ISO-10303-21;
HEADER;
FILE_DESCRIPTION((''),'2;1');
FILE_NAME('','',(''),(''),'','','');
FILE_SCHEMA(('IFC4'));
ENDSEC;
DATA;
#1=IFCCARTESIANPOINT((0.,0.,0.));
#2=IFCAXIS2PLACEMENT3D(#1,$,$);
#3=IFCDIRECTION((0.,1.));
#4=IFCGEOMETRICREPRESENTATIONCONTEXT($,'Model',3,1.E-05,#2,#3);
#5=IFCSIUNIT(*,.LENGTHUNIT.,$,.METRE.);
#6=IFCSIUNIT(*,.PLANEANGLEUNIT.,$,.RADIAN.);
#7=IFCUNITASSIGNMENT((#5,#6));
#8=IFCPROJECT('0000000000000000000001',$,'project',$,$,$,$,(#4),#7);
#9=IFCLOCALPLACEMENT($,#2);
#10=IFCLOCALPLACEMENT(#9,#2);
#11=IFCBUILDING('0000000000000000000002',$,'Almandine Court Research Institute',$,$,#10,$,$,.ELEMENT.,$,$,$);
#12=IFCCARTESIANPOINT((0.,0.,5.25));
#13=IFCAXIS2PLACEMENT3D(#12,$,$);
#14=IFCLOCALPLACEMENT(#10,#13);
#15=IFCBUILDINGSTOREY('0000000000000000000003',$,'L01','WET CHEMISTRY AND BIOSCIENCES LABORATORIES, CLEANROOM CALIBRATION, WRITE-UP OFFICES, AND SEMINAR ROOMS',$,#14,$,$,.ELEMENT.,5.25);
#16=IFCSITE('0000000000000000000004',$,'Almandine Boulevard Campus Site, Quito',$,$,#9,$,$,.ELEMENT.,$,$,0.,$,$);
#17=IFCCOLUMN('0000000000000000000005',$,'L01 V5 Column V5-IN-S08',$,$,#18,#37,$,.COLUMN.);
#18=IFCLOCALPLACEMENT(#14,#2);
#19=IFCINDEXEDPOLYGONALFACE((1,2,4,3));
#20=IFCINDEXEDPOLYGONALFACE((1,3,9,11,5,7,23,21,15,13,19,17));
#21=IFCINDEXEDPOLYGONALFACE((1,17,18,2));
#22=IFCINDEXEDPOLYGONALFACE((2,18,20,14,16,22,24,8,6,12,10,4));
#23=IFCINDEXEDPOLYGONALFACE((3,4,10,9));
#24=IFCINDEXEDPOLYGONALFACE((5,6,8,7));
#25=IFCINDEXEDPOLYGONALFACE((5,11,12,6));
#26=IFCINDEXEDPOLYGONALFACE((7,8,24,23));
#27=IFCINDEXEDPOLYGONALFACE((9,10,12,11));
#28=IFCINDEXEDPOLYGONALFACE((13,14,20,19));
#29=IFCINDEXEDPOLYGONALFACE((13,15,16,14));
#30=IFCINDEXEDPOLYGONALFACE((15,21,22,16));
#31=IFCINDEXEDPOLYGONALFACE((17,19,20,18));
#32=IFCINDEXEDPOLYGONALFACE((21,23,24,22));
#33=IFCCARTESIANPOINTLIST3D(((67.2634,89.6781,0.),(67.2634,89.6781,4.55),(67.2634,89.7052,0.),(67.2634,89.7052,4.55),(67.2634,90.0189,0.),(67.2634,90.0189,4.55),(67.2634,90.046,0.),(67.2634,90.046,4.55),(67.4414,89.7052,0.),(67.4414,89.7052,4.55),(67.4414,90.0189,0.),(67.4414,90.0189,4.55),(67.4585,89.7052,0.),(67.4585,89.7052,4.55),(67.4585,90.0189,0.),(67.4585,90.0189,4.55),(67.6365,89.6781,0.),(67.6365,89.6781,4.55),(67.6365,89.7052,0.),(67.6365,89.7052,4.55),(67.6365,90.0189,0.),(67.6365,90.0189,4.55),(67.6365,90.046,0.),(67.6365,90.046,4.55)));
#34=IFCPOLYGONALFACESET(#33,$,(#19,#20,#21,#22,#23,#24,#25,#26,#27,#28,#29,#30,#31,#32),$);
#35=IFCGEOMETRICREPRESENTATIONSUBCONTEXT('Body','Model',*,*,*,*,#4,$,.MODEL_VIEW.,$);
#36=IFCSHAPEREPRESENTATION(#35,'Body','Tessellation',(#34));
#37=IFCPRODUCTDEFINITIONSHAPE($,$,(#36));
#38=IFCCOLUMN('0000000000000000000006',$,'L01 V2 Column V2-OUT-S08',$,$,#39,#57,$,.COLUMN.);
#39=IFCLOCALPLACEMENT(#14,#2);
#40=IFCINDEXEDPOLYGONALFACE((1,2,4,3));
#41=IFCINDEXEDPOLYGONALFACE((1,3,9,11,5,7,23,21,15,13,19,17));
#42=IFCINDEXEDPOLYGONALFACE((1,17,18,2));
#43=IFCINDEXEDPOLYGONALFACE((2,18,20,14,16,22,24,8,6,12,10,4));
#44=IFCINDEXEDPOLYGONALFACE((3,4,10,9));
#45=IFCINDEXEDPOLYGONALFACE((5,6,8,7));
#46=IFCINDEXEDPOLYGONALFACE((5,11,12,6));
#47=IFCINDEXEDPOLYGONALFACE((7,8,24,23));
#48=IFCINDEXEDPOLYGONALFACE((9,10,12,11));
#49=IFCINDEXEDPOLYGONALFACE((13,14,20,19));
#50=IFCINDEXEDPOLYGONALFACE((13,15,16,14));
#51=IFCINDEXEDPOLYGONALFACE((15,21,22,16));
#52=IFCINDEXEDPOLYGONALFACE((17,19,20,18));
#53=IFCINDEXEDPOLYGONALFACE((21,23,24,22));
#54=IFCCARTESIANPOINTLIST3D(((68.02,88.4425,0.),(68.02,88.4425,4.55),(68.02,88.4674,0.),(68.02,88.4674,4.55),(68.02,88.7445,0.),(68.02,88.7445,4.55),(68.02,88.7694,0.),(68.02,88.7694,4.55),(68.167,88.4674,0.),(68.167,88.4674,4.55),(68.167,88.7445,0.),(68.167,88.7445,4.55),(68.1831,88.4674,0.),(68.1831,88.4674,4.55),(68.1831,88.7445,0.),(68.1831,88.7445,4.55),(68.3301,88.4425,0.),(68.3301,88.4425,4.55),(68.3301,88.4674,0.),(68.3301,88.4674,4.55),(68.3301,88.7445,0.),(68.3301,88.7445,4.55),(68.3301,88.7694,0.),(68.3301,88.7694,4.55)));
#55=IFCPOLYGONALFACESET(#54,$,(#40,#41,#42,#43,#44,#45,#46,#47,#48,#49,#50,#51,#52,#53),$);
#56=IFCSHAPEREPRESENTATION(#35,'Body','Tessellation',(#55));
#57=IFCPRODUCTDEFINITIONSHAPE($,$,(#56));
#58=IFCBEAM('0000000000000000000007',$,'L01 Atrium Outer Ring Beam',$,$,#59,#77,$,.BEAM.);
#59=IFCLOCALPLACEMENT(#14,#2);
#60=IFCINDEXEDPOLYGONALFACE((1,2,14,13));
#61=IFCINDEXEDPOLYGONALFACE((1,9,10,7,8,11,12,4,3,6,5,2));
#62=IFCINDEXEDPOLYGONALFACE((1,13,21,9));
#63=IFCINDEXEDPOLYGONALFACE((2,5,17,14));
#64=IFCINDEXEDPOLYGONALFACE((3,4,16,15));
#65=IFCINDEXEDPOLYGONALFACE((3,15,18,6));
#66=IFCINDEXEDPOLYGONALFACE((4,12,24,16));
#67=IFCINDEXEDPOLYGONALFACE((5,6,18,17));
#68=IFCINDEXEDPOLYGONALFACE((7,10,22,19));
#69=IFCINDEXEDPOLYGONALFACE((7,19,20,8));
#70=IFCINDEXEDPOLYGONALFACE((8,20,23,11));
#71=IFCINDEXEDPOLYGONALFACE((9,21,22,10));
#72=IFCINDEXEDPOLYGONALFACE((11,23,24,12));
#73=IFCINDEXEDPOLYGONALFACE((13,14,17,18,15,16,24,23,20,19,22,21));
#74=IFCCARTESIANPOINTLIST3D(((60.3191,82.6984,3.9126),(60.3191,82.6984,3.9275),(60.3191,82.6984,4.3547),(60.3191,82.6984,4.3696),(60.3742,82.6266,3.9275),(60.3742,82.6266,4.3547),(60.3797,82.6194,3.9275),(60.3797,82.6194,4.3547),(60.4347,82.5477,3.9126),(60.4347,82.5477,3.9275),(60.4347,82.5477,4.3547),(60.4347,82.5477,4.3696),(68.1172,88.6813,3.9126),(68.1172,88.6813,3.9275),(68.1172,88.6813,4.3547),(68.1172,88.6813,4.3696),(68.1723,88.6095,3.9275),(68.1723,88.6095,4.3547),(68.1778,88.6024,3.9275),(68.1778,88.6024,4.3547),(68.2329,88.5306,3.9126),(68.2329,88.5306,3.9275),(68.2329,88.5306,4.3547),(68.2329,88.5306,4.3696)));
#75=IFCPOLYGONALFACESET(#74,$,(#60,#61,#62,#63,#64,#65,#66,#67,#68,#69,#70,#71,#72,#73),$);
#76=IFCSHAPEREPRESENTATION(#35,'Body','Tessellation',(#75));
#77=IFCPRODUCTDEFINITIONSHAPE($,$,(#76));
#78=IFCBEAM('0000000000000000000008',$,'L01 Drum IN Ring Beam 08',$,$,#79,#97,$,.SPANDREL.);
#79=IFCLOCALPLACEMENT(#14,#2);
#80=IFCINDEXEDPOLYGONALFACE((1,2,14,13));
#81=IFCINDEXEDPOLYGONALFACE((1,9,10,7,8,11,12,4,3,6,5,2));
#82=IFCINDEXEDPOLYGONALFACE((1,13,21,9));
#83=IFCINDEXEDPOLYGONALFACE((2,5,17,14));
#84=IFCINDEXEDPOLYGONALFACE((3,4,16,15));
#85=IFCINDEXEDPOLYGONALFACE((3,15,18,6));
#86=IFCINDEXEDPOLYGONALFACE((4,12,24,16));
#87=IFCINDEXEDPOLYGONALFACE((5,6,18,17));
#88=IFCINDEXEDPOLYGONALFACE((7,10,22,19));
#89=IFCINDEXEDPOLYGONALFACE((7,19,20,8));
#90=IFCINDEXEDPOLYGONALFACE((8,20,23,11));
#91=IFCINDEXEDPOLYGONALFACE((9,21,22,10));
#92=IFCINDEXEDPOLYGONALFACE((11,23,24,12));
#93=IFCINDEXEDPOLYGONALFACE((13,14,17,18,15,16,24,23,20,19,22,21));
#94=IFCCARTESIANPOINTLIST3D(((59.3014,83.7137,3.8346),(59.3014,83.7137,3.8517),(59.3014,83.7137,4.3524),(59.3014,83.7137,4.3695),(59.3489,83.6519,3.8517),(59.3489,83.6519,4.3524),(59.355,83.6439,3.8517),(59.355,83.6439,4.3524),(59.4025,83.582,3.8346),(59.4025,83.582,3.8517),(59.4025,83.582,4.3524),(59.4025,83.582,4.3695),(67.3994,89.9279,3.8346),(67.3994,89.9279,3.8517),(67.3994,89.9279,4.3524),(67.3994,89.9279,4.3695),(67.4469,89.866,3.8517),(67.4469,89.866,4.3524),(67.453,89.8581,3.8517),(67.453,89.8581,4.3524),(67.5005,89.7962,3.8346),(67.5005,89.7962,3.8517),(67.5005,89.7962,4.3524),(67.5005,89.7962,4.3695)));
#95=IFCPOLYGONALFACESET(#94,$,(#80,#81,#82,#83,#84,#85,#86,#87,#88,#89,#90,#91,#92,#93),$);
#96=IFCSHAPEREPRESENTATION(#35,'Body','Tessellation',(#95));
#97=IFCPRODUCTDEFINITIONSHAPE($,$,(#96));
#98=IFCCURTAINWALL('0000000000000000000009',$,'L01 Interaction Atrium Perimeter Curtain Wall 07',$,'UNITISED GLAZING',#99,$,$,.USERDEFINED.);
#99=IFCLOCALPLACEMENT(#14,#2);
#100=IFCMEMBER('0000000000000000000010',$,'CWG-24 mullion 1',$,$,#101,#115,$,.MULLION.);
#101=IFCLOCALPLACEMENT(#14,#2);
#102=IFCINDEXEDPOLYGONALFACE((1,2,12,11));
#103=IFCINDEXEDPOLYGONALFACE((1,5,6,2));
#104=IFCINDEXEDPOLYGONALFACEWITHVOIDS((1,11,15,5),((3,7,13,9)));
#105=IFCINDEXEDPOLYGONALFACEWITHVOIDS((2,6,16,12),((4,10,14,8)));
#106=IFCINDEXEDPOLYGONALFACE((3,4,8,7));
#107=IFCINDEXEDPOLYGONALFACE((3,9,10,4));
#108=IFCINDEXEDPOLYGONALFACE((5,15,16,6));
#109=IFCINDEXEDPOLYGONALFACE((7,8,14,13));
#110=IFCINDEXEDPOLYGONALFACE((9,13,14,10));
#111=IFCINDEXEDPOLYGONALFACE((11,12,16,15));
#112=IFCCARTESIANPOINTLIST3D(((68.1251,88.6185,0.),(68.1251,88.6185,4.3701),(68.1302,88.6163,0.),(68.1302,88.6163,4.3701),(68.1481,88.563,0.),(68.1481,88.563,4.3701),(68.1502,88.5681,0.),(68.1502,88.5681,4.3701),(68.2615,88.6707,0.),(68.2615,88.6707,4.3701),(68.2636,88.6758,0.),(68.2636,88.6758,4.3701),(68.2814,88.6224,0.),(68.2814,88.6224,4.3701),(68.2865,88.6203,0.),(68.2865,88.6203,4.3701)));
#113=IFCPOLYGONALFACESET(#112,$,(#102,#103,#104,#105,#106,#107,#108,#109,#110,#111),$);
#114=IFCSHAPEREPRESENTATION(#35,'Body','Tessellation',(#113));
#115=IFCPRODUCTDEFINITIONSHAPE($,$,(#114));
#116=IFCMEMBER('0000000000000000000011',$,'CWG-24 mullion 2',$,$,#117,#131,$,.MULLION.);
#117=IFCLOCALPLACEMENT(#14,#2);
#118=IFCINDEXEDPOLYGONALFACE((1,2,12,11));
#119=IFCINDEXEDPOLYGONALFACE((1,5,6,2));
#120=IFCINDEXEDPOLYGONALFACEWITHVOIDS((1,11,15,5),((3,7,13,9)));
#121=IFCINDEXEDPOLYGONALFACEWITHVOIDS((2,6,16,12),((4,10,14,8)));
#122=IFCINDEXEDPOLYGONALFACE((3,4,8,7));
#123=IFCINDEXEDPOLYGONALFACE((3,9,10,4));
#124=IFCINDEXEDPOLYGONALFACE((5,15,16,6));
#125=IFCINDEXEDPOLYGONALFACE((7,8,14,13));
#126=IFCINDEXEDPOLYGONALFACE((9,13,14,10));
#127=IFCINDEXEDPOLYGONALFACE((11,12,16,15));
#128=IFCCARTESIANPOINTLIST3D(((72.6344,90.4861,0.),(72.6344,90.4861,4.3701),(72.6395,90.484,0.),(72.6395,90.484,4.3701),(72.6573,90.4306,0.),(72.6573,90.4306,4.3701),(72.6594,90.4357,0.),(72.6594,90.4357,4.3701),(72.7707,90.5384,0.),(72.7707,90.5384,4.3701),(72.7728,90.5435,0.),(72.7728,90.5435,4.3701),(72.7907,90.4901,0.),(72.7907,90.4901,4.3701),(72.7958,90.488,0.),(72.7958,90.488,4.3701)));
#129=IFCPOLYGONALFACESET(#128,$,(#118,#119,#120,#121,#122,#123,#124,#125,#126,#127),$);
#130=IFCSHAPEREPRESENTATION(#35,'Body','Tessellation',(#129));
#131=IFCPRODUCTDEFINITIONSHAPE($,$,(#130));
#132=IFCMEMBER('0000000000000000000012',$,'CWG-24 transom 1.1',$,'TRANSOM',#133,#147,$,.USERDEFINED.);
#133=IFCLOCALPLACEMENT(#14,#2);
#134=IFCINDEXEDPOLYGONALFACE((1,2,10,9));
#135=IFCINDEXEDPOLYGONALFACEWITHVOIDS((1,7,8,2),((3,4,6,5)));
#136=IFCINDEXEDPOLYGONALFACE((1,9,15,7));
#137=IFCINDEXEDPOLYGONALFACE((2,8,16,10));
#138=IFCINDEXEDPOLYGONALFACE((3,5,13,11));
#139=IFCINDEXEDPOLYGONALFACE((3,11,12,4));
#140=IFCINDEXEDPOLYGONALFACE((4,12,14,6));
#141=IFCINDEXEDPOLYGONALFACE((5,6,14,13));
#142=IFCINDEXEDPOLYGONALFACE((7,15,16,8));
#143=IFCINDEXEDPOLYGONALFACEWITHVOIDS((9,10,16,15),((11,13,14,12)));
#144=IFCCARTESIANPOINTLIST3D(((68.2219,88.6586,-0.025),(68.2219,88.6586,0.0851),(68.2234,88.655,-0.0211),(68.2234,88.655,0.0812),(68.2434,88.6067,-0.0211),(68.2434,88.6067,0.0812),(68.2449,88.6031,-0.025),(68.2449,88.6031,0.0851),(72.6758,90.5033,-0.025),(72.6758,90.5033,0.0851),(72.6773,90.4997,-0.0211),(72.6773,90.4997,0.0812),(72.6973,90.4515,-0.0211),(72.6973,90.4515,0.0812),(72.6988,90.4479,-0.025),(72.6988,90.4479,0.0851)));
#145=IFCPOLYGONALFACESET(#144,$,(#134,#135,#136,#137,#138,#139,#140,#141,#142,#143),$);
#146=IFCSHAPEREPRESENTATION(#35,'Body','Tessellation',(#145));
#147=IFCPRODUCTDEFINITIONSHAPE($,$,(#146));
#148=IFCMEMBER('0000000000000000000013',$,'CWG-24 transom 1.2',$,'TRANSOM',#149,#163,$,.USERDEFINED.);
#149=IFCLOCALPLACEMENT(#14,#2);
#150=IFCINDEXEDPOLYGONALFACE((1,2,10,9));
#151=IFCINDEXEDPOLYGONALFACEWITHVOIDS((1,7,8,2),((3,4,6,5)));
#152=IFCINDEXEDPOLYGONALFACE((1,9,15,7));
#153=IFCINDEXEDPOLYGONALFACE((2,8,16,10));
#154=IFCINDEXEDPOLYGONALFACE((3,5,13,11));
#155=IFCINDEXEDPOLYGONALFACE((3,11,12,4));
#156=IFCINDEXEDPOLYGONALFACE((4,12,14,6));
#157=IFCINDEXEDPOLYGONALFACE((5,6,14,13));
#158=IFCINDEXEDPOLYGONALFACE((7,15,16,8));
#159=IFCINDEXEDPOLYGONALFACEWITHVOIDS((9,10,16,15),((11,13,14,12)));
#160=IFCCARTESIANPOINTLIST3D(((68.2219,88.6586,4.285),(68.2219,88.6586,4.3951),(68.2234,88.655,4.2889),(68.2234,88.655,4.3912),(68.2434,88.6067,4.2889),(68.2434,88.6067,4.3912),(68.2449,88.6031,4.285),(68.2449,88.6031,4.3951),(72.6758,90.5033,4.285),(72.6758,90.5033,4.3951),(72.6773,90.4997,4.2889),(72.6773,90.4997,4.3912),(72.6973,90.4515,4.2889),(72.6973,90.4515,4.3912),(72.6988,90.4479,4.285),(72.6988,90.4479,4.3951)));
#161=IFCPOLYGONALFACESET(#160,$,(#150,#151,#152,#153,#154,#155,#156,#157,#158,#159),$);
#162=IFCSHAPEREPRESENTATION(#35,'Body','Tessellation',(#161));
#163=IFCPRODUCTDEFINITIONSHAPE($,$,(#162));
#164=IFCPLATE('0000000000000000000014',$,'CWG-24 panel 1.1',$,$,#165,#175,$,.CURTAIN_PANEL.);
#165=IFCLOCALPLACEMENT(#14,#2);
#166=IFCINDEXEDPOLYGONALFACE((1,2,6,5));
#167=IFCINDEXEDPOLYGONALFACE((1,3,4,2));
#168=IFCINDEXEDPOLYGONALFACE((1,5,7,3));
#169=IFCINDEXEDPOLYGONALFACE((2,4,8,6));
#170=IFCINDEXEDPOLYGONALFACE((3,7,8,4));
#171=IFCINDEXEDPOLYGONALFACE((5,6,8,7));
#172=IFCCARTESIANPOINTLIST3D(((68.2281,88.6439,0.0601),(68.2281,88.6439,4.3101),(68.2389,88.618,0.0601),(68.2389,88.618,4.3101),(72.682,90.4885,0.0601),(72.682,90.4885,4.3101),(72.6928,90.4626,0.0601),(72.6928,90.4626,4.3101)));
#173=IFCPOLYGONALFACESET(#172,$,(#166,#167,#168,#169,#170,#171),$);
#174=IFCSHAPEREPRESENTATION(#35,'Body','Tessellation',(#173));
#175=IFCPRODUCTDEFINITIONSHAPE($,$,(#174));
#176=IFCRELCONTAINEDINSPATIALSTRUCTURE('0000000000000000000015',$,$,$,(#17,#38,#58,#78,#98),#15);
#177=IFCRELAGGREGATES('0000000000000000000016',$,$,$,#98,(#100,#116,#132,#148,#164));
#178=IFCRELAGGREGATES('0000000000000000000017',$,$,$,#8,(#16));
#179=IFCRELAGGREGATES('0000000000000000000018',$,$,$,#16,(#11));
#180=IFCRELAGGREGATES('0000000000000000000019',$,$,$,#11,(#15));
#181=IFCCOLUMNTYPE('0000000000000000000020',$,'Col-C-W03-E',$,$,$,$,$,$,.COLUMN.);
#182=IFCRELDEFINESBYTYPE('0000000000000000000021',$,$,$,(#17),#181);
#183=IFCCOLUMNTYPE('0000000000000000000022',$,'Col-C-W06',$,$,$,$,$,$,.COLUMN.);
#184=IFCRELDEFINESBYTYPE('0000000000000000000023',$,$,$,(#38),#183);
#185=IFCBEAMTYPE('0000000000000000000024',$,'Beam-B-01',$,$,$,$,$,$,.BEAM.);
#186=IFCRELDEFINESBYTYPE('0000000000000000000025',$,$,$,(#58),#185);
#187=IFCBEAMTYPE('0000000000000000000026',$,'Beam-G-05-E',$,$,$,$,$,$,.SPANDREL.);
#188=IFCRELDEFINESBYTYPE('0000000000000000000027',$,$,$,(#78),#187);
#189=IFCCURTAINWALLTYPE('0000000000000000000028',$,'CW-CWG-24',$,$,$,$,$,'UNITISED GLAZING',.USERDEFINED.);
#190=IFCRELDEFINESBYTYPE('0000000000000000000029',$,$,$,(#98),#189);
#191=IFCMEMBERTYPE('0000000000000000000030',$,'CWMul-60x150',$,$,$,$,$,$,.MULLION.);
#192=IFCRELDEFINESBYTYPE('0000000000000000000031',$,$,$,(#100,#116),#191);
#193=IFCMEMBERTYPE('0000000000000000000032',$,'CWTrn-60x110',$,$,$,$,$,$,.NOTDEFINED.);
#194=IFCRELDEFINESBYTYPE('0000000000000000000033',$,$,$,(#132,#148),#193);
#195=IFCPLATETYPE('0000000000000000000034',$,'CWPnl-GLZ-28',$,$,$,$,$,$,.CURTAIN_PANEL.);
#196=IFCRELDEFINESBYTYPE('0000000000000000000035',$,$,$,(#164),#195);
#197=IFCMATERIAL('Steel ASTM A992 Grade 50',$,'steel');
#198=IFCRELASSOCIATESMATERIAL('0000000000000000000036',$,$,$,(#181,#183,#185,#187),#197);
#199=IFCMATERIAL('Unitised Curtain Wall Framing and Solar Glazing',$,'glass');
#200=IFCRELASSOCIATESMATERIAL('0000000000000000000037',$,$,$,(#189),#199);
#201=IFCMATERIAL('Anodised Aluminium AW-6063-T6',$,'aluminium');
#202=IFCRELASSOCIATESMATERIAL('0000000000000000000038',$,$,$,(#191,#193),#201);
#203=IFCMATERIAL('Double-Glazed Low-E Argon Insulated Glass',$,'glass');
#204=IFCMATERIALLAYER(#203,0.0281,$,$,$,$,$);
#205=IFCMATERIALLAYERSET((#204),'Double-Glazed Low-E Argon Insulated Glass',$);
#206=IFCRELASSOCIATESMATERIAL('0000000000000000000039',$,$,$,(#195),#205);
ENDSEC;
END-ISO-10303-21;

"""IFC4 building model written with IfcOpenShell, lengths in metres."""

from ifc_helpers import new_model, si_unit, direction, frame, origin, origin_2d, place, context, subcontext, project, spatial, rectangle, hollow_rectangle, i_section, extrude, material, layer, layer_set, material_profile, profile_set, type_object, element, aggregate, save


model = new_model("IFC4")

# Units and contexts
model_context = context("Model", 3, precision=1e-05, world=origin(), true_north=direction((0.0, 1.0)))
body_context = subcontext(model_context, "Body", "Model", "MODEL_VIEW")
ifc_project = project(units=[si_unit("LENGTHUNIT", "METRE"), si_unit("PLANEANGLEUNIT", "RADIAN")], contexts=[model_context])

# Site, building, storey
site_placement = place(None, origin())
site = spatial("IfcSite", under=ifc_project, at=site_placement, Name="Almandine Boulevard Campus Site, Quito", CompositionType="ELEMENT", RefElevation=0.0)
building_placement = place(site_placement, origin())
building = spatial("IfcBuilding", under=site, at=building_placement, Name="Almandine Court Research Institute", CompositionType="ELEMENT")
storey_placement = place(building_placement, frame((0.0, 0.0, 5.25)))
storey = spatial("IfcBuildingStorey", under=building, at=storey_placement, Name="L01", Description="WET CHEMISTRY AND BIOSCIENCES LABORATORIES, CLEANROOM CALIBRATION, WRITE-UP OFFICES, AND SEMINAR ROOMS", CompositionType="ELEMENT", Elevation=5.25)

# Columns
ifc_material_1 = material(Name="Steel ASTM A992 Grade 50", Category="steel")
ifc_material_profile_1 = material_profile(ifc_material_1, i_section(OverallWidth=0.373, OverallDepth=0.3679, WebThickness=0.0171, FlangeThickness=0.0271, at=origin_2d()), Name="W360x179")
ifc_profile_set_1 = profile_set([ifc_material_profile_1], Name="Steel ASTM A992 Grade 50")
column_type_1 = type_object("IfcColumnType", Name="Col-C-W03-E", PredefinedType="COLUMN", material=ifc_profile_set_1)
column_1_placement = place(storey_placement, frame((67.45, 89.8621, 0.0), z_axis=(0.0, 0.0, 1.0), x_axis=(1.0, 0.0, 0.0)))
element("IfcColumn", 1, at=column_1_placement, inside=storey, type_object=column_type_1, Name="L01 V5 Column V5-IN-S08", PredefinedType="COLUMN", context=body_context, shape_type="SweptSolid", body=[
    extrude(i_section(OverallWidth=0.373, OverallDepth=0.3679, WebThickness=0.0171, FlangeThickness=0.0271, at=origin_2d()), origin(), (0.0, 0.0, 1.0), 4.55),
])
ifc_material_profile_2 = material_profile(ifc_material_1, i_section(OverallWidth=0.3101, OverallDepth=0.3269, WebThickness=0.0161, FlangeThickness=0.0249, at=origin_2d()), Name="W310x158")
ifc_profile_set_2 = profile_set([ifc_material_profile_2], Name="Steel ASTM A992 Grade 50")
column_type_2 = type_object("IfcColumnType", Name="Col-C-W06", PredefinedType="COLUMN", material=ifc_profile_set_2)
column_2_placement = place(storey_placement, frame((68.175, 88.606, 0.0), z_axis=(0.0, 0.0, 1.0), x_axis=(1.0, 0.0, 0.0)))
element("IfcColumn", 2, at=column_2_placement, inside=storey, type_object=column_type_2, Name="L01 V2 Column V2-OUT-S08", PredefinedType="COLUMN", context=body_context, shape_type="SweptSolid", body=[
    extrude(i_section(OverallWidth=0.3101, OverallDepth=0.3269, WebThickness=0.0161, FlangeThickness=0.0249, at=origin_2d()), origin(), (0.0, 0.0, 1.0), 4.55),
])

# Beams
ifc_material_profile_3 = material_profile(ifc_material_1, i_section(OverallWidth=0.1899, OverallDepth=0.457, WebThickness=0.009, FlangeThickness=0.0149, at=origin_2d()), Name="W460x74")
ifc_profile_set_3 = profile_set([ifc_material_profile_3], Name="Steel ASTM A992 Grade 50")
beam_type_1 = type_object("IfcBeamType", Name="Beam-B-01", PredefinedType="BEAM", material=ifc_profile_set_3)
beam_1_placement = place(storey_placement, frame((68.175, 88.606, 4.1411), z_axis=(-0.793392, -0.608712, 0.0), x_axis=(0.608712, -0.793392, 0.0)))
element("IfcBeam", 3, at=beam_1_placement, inside=storey, type_object=beam_type_1, Name="L01 Atrium Outer Ring Beam", PredefinedType="BEAM", context=body_context, shape_type="SweptSolid", body=[
    extrude(i_section(OverallWidth=0.1899, OverallDepth=0.457, WebThickness=0.009, FlangeThickness=0.0149, at=origin_2d()), origin(), (0.0, 0.0, 1.0), 9.8289),
])
ifc_material_profile_4 = material_profile(ifc_material_1, i_section(OverallWidth=0.166, OverallDepth=0.5349, WebThickness=0.01, FlangeThickness=0.0171, at=origin_2d()), Name="W530x85")
ifc_profile_set_4 = profile_set([ifc_material_profile_4], Name="Steel ASTM A992 Grade 50")
beam_type_2 = type_object("IfcBeamType", Name="Beam-G-05-E", PredefinedType="SPANDREL", material=ifc_profile_set_4)
beam_2_placement = place(storey_placement, frame((67.45, 89.8621, 4.1021), z_axis=(-0.793336, -0.608784, 0.0), x_axis=(0.608784, -0.793336, 0.0)))
element("IfcBeam", 4, at=beam_2_placement, inside=storey, type_object=beam_type_2, Name="L01 Drum IN Ring Beam 08", PredefinedType="SPANDREL", context=body_context, shape_type="SweptSolid", body=[
    extrude(i_section(OverallWidth=0.166, OverallDepth=0.5349, WebThickness=0.01, FlangeThickness=0.0171, at=origin_2d()), origin(), (0.0, 0.0, 1.0), 10.2075),
])

# Curtain wall, members, plate
ifc_material_2 = material(Name="Unitised Curtain Wall Framing and Solar Glazing", Category="glass")
curtain_wall_type = type_object("IfcCurtainWallType", Name="CW-CWG-24", ElementType="UNITISED GLAZING", PredefinedType="USERDEFINED", material=ifc_material_2)
curtain_wall_placement = place(storey_placement, origin())
curtain_wall = element("IfcCurtainWall", 5, at=curtain_wall_placement, inside=storey, type_object=curtain_wall_type, Name="L01 Interaction Atrium Perimeter Curtain Wall 07", ObjectType="UNITISED GLAZING", PredefinedType="USERDEFINED")
ifc_material_3 = material(Name="Anodised Aluminium AW-6063-T6", Category="aluminium")
ifc_material_profile_5 = material_profile(ifc_material_3, hollow_rectangle(XDim=0.0601, YDim=0.1499, WallThickness=0.0039, at=origin_2d()), Name="ALU RHS 60x150x4")
ifc_profile_set_5 = profile_set([ifc_material_profile_5], Name="Anodised Aluminium AW-6063-T6")
member_type_1 = type_object("IfcMemberType", Name="CWMul-60x150", PredefinedType="MULLION", material=ifc_profile_set_5)
member_1_placement = place(storey_placement, frame((68.2058, 88.6194, 0.0), z_axis=(0.0, 0.0, 1.0), x_axis=(-0.382634, 0.9239, 0.0)))
member_1 = element("IfcMember", 6, at=member_1_placement, type_object=member_type_1, Name="CWG-24 mullion 1", PredefinedType="MULLION", context=body_context, shape_type="SweptSolid", body=[
    extrude(hollow_rectangle(XDim=0.0601, YDim=0.1499, WallThickness=0.0039, at=origin_2d()), origin(), (0.0, 0.0, 1.0), 4.3701),
])
member_2_placement = place(storey_placement, frame((72.7151, 90.4871, 0.0), z_axis=(0.0, 0.0, 1.0), x_axis=(-0.382634, 0.9239, 0.0)))
member_2 = element("IfcMember", 7, at=member_2_placement, type_object=member_type_1, Name="CWG-24 mullion 2", PredefinedType="MULLION", context=body_context, shape_type="SweptSolid", body=[
    extrude(hollow_rectangle(XDim=0.0601, YDim=0.1499, WallThickness=0.0039, at=origin_2d()), origin(), (0.0, 0.0, 1.0), 4.3701),
])
ifc_material_profile_6 = material_profile(ifc_material_3, hollow_rectangle(XDim=0.0601, YDim=0.1101, WallThickness=0.0039, at=origin_2d()), Name="ALU RHS 60x110x4")
ifc_profile_set_6 = profile_set([ifc_material_profile_6], Name="Anodised Aluminium AW-6063-T6")
member_type_2 = type_object("IfcMemberType", Name="CWTrn-60x110", PredefinedType="NOTDEFINED", material=ifc_profile_set_6)
member_3_placement = place(storey_placement, frame((68.2334, 88.6309, 0.03), z_axis=(0.923888, 0.382662, 0.0), x_axis=(-0.382662, 0.923888, 0.0)))
member_3 = element("IfcMember", 8, at=member_3_placement, type_object=member_type_2, Name="CWG-24 transom 1.1", ObjectType="TRANSOM", PredefinedType="USERDEFINED", context=body_context, shape_type="SweptSolid", body=[
    extrude(hollow_rectangle(XDim=0.0601, YDim=0.1101, WallThickness=0.0039, at=origin_2d()), origin(), (0.0, 0.0, 1.0), 4.8208),
])
member_4_placement = place(storey_placement, frame((68.2334, 88.6309, 4.3401), z_axis=(0.923888, 0.382662, 0.0), x_axis=(-0.382662, 0.923888, 0.0)))
member_4 = element("IfcMember", 9, at=member_4_placement, type_object=member_type_2, Name="CWG-24 transom 1.2", ObjectType="TRANSOM", PredefinedType="USERDEFINED", context=body_context, shape_type="SweptSolid", body=[
    extrude(hollow_rectangle(XDim=0.0601, YDim=0.1101, WallThickness=0.0039, at=origin_2d()), origin(), (0.0, 0.0, 1.0), 4.8208),
])
ifc_material_4 = material(Name="Double-Glazed Low-E Argon Insulated Glass", Category="glass")
ifc_layer_1 = layer(ifc_material_4, 0.0281)
ifc_layer_set_1 = layer_set([ifc_layer_1], Name="Double-Glazed Low-E Argon Insulated Glass")
plate_type = type_object("IfcPlateType", Name="CWPnl-GLZ-28", PredefinedType="CURTAIN_PANEL", material=ifc_layer_set_1)
plate_placement = place(storey_placement, frame((70.4604, 89.5532, 0.0601), z_axis=(0.0, 0.0, 1.0), x_axis=(0.9239, 0.382634, 0.0)))
plate = element("IfcPlate", 10, at=plate_placement, type_object=plate_type, Name="CWG-24 panel 1.1", PredefinedType="CURTAIN_PANEL", context=body_context, shape_type="SweptSolid", body=[
    extrude(rectangle(XDim=4.8208, YDim=0.0281, at=origin_2d()), origin(), (0.0, 0.0, 1.0), 4.25),
])
aggregate(curtain_wall, [member_1, member_2, member_3, member_4, plate])

save(model, "model.ifc")
